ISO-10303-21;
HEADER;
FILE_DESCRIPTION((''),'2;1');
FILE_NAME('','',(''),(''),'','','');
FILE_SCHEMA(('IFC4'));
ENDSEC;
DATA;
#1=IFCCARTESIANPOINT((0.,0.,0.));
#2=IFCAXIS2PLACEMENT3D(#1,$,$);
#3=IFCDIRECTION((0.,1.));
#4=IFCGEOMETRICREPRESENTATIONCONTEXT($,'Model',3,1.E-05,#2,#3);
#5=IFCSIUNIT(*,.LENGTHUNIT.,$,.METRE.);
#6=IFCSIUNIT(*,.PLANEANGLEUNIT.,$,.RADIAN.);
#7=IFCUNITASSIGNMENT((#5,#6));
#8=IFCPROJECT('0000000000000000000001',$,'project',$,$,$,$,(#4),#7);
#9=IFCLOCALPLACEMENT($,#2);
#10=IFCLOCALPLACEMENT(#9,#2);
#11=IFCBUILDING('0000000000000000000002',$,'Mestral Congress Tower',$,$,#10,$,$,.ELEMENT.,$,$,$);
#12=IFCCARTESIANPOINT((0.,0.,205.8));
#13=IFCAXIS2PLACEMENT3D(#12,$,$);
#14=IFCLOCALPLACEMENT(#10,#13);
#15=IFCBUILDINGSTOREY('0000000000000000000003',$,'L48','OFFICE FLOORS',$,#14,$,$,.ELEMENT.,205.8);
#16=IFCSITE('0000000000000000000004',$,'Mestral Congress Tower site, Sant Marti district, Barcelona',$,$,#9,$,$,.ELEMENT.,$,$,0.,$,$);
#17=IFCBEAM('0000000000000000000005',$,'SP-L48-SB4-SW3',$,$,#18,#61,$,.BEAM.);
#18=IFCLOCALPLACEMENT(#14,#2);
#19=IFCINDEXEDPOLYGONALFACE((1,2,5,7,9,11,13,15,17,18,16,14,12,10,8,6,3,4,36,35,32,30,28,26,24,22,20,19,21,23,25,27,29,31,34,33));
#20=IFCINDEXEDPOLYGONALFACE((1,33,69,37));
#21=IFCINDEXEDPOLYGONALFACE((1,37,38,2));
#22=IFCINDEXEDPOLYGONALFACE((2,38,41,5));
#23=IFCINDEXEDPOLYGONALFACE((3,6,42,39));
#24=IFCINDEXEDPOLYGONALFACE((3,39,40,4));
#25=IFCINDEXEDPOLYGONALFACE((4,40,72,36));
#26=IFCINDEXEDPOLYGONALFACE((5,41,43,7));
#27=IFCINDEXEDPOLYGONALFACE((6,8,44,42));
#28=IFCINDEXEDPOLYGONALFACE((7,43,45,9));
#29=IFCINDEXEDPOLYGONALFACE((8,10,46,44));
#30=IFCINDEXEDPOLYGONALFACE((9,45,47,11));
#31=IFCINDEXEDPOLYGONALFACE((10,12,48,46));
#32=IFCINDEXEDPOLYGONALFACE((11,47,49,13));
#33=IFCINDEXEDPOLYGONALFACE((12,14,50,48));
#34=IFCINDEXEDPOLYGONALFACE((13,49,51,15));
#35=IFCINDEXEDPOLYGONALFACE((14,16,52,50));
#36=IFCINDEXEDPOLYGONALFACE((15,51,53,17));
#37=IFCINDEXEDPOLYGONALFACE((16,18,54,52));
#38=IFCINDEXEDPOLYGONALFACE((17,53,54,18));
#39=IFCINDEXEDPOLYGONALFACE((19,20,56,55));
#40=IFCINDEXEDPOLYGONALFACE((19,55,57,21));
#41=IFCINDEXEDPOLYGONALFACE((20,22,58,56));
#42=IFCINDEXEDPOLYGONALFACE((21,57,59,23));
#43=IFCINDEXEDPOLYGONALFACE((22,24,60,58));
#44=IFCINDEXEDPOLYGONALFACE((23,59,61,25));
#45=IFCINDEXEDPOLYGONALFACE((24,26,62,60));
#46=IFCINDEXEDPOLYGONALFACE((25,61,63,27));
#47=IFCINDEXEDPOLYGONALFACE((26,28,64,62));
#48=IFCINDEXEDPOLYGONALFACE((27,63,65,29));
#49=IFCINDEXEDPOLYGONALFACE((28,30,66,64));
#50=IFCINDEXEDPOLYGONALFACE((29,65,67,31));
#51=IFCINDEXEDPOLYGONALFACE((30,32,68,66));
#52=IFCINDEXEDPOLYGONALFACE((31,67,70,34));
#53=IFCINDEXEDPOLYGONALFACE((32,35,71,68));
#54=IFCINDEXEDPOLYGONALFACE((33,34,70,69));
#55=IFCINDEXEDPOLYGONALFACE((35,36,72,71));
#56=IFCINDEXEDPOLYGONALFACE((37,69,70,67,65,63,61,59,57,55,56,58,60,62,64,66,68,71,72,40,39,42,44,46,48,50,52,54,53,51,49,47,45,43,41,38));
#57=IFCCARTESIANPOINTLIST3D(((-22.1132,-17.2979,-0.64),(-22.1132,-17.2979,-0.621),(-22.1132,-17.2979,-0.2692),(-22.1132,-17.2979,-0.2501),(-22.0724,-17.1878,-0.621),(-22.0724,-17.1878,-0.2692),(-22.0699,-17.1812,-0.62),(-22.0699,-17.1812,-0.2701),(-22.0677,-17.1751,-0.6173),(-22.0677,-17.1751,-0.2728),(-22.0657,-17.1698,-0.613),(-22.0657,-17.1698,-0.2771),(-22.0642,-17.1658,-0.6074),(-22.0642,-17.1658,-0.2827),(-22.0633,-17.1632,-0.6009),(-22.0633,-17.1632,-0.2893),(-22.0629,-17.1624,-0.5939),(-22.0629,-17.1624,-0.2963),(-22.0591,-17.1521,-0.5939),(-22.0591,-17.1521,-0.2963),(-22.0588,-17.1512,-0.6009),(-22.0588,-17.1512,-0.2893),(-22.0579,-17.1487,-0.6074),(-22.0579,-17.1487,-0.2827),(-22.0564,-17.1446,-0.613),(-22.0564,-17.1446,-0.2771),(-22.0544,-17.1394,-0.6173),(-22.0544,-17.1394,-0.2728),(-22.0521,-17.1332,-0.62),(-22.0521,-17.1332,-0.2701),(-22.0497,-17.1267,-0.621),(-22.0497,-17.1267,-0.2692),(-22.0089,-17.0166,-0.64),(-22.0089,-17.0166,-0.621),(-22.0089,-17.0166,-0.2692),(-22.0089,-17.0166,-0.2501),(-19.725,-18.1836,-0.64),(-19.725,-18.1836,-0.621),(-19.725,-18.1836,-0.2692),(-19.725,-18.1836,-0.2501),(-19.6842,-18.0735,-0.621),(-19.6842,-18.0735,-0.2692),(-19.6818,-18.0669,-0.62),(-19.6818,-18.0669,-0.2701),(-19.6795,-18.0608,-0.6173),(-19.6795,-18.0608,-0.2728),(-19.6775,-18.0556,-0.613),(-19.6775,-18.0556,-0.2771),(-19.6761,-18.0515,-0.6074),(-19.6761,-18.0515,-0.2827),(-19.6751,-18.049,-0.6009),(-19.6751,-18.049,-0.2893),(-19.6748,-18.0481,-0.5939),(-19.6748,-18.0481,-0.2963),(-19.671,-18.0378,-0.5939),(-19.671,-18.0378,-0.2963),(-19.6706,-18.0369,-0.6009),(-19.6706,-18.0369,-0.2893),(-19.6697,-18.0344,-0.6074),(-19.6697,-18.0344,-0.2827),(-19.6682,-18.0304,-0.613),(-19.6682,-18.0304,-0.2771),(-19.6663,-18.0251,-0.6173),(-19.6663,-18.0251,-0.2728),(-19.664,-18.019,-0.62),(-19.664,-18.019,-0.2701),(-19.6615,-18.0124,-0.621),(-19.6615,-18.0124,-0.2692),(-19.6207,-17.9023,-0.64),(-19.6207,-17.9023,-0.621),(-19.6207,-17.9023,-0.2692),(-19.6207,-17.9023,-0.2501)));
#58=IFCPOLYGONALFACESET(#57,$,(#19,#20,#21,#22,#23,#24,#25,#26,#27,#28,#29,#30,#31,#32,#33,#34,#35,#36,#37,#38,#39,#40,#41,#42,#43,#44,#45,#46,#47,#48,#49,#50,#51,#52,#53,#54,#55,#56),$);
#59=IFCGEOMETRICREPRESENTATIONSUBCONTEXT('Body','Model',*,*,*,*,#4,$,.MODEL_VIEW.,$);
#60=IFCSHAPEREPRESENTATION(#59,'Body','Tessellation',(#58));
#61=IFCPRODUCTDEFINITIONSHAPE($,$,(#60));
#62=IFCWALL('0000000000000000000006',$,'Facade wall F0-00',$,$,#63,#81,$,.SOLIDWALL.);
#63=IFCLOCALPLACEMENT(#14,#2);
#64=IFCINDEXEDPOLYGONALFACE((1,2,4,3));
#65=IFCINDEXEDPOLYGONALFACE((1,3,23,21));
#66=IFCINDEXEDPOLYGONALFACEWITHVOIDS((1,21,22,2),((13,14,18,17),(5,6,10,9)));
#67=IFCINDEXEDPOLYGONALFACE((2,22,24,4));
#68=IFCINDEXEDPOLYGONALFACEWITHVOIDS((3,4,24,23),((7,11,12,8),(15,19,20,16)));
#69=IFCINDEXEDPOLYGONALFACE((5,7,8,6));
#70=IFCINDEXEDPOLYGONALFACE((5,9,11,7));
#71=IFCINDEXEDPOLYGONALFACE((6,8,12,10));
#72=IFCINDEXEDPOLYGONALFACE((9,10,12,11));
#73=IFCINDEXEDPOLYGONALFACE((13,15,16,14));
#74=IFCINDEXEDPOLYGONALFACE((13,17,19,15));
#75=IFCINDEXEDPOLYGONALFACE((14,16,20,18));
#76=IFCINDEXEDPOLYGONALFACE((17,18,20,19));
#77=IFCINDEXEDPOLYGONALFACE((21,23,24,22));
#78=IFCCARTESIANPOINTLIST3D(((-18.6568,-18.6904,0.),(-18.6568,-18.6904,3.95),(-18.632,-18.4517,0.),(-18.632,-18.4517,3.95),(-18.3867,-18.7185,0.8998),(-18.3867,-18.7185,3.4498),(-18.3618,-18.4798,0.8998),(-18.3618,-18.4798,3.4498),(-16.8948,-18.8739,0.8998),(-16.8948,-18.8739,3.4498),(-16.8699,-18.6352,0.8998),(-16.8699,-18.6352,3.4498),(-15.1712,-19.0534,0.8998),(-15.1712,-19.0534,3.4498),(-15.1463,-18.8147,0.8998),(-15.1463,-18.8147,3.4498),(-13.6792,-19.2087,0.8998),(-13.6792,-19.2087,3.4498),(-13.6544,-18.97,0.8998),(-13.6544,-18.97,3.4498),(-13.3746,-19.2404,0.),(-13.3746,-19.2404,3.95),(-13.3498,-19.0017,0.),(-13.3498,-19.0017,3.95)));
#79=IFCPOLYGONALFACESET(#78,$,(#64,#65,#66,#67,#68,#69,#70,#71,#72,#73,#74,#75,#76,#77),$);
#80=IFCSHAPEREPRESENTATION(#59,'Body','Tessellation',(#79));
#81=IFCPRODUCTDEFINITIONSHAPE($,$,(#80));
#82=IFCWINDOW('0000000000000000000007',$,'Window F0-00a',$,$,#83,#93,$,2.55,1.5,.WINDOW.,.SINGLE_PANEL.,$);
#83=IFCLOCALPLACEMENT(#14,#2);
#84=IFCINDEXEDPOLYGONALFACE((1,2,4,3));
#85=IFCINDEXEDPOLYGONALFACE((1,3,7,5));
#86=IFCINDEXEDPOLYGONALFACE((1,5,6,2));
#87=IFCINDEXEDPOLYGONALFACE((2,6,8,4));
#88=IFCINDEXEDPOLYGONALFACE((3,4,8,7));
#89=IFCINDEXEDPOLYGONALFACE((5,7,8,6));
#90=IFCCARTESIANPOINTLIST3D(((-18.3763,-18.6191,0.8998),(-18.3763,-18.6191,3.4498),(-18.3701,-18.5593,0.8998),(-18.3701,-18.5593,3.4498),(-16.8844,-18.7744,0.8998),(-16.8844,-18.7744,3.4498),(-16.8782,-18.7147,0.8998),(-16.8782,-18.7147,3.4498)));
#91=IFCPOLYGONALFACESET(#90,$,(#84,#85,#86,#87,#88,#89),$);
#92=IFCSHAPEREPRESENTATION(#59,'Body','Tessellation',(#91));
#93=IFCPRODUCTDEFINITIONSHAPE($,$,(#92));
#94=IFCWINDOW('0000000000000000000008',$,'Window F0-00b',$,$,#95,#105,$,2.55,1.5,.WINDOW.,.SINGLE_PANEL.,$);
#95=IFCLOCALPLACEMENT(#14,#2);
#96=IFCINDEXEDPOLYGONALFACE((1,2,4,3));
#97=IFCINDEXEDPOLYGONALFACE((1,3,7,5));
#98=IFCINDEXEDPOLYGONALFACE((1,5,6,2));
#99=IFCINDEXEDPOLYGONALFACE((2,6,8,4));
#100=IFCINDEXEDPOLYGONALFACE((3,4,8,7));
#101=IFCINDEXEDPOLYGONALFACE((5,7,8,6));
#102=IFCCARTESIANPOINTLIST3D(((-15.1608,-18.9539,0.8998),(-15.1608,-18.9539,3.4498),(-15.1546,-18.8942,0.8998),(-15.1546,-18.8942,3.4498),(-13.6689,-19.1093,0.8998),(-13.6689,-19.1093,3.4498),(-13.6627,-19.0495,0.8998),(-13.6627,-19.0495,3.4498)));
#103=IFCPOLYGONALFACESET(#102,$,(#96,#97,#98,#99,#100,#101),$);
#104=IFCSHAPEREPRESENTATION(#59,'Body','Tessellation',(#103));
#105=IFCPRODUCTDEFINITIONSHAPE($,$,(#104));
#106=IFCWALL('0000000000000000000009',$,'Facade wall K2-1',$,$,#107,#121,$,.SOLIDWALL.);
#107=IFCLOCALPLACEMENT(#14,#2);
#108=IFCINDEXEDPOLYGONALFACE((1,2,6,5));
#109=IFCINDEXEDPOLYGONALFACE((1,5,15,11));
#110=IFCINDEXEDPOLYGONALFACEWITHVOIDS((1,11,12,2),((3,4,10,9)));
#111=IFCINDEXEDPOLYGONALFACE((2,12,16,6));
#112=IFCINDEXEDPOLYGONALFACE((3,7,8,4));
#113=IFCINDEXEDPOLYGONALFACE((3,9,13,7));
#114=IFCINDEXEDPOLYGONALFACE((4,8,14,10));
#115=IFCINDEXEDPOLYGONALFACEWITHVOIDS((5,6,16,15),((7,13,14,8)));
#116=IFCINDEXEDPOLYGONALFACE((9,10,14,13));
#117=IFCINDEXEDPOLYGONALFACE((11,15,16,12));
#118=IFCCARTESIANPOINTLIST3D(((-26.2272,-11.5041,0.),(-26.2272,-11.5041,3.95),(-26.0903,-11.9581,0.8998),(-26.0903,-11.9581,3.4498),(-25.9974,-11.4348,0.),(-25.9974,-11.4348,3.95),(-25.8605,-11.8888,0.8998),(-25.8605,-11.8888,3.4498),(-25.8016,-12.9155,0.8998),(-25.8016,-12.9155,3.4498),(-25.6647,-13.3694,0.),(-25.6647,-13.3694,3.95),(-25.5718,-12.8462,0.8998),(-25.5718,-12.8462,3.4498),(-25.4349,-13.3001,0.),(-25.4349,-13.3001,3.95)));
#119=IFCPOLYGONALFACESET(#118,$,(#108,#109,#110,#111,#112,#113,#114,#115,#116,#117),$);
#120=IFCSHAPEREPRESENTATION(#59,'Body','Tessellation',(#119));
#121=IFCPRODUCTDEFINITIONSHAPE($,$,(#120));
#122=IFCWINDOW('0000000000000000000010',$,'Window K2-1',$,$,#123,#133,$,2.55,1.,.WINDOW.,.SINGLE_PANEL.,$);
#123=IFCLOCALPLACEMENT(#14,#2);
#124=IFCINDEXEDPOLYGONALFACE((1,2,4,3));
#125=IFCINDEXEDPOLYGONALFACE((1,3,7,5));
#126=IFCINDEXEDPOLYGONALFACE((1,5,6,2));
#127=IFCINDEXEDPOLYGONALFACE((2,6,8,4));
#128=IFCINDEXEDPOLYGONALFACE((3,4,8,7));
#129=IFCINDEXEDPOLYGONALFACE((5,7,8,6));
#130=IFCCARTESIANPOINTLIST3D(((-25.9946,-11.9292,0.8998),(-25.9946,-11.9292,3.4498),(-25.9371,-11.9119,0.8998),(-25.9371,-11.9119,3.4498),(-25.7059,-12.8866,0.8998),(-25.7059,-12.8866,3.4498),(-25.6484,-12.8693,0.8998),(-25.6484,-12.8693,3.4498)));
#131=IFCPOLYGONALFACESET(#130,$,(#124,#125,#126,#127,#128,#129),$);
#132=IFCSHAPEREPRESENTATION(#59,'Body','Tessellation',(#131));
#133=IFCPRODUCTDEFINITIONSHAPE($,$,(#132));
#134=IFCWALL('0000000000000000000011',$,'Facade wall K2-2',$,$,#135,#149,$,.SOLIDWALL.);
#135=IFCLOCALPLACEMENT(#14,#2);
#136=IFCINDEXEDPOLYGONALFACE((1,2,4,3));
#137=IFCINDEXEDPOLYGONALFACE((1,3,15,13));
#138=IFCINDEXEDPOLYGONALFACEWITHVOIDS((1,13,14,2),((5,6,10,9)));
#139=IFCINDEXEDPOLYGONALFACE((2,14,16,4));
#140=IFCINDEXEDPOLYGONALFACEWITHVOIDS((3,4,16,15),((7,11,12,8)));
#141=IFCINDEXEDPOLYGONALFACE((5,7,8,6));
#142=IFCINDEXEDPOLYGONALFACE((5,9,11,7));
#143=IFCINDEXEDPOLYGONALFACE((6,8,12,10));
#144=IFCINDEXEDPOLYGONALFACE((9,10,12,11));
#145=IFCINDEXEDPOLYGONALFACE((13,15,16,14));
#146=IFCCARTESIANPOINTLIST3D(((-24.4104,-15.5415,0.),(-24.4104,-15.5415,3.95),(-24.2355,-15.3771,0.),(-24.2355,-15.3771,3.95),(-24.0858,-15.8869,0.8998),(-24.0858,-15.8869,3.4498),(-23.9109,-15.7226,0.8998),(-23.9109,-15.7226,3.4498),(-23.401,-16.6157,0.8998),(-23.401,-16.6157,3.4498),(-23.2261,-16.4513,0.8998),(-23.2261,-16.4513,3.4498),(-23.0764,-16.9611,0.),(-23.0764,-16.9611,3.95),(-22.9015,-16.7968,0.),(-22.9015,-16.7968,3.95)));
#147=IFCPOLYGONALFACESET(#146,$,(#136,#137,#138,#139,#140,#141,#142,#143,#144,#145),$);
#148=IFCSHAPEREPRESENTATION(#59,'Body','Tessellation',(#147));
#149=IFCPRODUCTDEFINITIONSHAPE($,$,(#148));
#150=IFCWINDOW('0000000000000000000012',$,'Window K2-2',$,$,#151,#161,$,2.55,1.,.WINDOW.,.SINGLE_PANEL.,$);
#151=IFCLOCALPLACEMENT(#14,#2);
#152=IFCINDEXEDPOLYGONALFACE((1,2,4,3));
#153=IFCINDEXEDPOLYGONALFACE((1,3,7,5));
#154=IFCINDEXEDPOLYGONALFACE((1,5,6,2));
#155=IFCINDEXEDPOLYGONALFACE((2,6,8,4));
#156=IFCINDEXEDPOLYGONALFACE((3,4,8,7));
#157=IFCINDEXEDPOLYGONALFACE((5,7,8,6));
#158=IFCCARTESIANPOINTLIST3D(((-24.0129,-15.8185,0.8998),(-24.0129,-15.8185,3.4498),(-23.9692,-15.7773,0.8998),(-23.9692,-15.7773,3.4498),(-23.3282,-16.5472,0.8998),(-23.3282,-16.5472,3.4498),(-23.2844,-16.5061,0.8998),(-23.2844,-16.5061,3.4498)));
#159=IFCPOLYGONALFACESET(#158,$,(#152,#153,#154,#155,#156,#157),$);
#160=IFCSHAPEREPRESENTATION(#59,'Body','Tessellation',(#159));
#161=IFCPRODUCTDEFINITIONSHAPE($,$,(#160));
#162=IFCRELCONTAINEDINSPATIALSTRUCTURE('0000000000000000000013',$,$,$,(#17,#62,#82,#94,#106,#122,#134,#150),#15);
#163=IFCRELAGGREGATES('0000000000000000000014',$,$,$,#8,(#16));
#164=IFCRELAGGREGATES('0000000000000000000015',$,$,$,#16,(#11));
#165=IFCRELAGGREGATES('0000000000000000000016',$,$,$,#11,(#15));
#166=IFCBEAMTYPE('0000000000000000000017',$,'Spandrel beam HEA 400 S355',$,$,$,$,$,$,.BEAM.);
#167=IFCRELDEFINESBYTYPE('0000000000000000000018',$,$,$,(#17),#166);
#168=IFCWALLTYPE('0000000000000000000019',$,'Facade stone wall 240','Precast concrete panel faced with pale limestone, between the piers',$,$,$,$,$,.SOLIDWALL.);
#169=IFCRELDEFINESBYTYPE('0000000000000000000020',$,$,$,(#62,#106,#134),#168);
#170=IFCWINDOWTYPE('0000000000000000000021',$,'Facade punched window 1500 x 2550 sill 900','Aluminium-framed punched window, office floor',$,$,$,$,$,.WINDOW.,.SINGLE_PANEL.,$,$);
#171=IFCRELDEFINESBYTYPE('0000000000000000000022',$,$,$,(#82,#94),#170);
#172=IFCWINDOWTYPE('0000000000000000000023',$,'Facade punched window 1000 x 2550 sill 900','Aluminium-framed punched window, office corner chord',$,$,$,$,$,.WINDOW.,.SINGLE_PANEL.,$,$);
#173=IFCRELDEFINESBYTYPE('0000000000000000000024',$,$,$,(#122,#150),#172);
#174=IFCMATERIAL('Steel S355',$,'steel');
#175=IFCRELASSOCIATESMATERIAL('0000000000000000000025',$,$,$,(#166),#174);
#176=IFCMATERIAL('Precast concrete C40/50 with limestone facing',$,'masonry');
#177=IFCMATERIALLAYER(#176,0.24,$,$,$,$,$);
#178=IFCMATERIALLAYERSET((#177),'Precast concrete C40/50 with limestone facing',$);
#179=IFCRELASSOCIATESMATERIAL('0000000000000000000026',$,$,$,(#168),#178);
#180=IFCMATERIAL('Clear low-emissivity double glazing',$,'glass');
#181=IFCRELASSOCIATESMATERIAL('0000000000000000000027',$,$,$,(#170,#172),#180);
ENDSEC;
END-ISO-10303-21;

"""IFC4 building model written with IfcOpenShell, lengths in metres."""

from ifc_helpers import new_model, si_unit, direction, frame, frame_2d, origin, origin_2d, place, context, subcontext, project, spatial, rectangle, i_section, extrude, material, layer, layer_set, material_profile, profile_set, type_object, element, fill, save


model = new_model("IFC4")

# Units and contexts
model_context = context("Model", 3, precision=1e-05, world=origin(), true_north=direction((0.0, 1.0)))
body_context = subcontext(model_context, "Body", "Model", "MODEL_VIEW")
ifc_project = project(units=[si_unit("LENGTHUNIT", "METRE"), si_unit("PLANEANGLEUNIT", "RADIAN")], contexts=[model_context])

# Site, building, storey
site_placement = place(None, origin())
site = spatial("IfcSite", under=ifc_project, at=site_placement, Name="Mestral Congress Tower site, Sant Marti district, Barcelona", CompositionType="ELEMENT", RefElevation=0.0)
building_placement = place(site_placement, origin())
building = spatial("IfcBuilding", under=site, at=building_placement, Name="Mestral Congress Tower", CompositionType="ELEMENT")
storey_placement = place(building_placement, frame((0.0, 0.0, 205.8)))
storey = spatial("IfcBuildingStorey", under=building, at=storey_placement, Name="L48", Description="OFFICE FLOORS", CompositionType="ELEMENT", Elevation=205.8)

# Beam
ifc_material_1 = material(Name="Steel S355", Category="steel")
ifc_material_profile_1 = material_profile(ifc_material_1, i_section(OverallWidth=0.3, OverallDepth=0.3899, WebThickness=0.011, FlangeThickness=0.019, FilletRadius=0.0271, at=origin_2d()), Name="HEA 400")
ifc_profile_set_1 = profile_set([ifc_material_profile_1], Name="Steel S355")
beam_type_1 = type_object("IfcBeamType", Name="Spandrel beam HEA 400 S355", PredefinedType="BEAM", material=ifc_profile_set_1)
beam_1_placement = place(storey_placement, frame((-22.061, -17.1572, -0.4451), z_axis=(0.937591, -0.347739, 0.0), x_axis=(0.347739, 0.937591, 0.0)))
element("IfcBeam", 1, at=beam_1_placement, inside=storey, type_object=beam_type_1, Name="SP-L48-SB4-SW3", PredefinedType="BEAM", context=body_context, shape_type="SweptSolid", body=[
    extrude(i_section(OverallWidth=0.3, OverallDepth=0.3899, WebThickness=0.011, FlangeThickness=0.019, FilletRadius=0.0271, at=origin_2d()), origin(), (0.0, 0.0, 1.0), 2.5471),
])

# Wall, openings, windows
ifc_material_2 = material(Name="Precast concrete C40/50 with limestone facing", Category="masonry")
ifc_layer_1 = layer(ifc_material_2, 0.24)
ifc_layer_set_1 = layer_set([ifc_layer_1], Name="Precast concrete C40/50 with limestone facing")
wall_type_1 = type_object("IfcWallType", Name="Facade stone wall 240", Description="Precast concrete panel faced with pale limestone, between the piers", PredefinedType="SOLIDWALL", material=ifc_layer_set_1)
wall_1_placement = place(storey_placement, frame((-18.6443, -18.571, 0.0), z_axis=(0.0, 0.0, 1.0), x_axis=(0.994622, -0.103572, 0.0)))
wall_1 = element("IfcWall", 2, at=wall_1_placement, inside=storey, type_object=wall_type_1, Name="Facade wall F0-00", PredefinedType="SOLIDWALL", context=body_context, shape_type="SweptSolid", body=[
    extrude(rectangle(XDim=5.3108, YDim=0.24, at=frame_2d((2.6553, 0.0))), origin(), (0.0, 0.0, 1.0), 3.95),
])
opening_1_placement = place(wall_1_placement, frame((0.2715, 0.0, 0.8999)))
opening_1 = element("IfcOpeningElement", 3, at=opening_1_placement, cuts=wall_1, PredefinedType="OPENING", context=body_context, shape_type="SweptSolid", body=[
    extrude(rectangle(XDim=1.5, YDim=2.55, at=frame_2d((0.75, 1.2749))), frame((0.0, 0.1299, 0.0), z_axis=(0.0, -1.0, 0.0), x_axis=(1.0, 0.0, 0.0)), (0.0, 0.0, 1.0), 0.26),
])
opening_2_placement = place(wall_1_placement, frame((3.5044, 0.0, 0.8999)))
opening_2 = element("IfcOpeningElement", 4, at=opening_2_placement, cuts=wall_1, PredefinedType="OPENING", context=body_context, shape_type="SweptSolid", body=[
    extrude(rectangle(XDim=1.5, YDim=2.55, at=frame_2d((0.75, 1.2749))), frame((0.0, 0.1299, 0.0), z_axis=(0.0, -1.0, 0.0), x_axis=(1.0, 0.0, 0.0)), (0.0, 0.0, 1.0), 0.26),
])
ifc_material_3 = material(Name="Clear low-emissivity double glazing", Category="glass")
window_type_1 = type_object("IfcWindowType", Name="Facade punched window 1500 x 2550 sill 900", Description="Aluminium-framed punched window, office floor", PartitioningType="SINGLE_PANEL", PredefinedType="WINDOW", material=ifc_material_3)
window_1_placement = place(opening_1_placement, origin())
window_1 = element("IfcWindow", 5, at=window_1_placement, inside=storey, type_object=window_type_1, Name="Window F0-00a", OverallHeight=2.55, OverallWidth=1.5, PartitioningType="SINGLE_PANEL", PredefinedType="WINDOW", context=body_context, shape_type="SweptSolid", body=[
    extrude(rectangle(XDim=1.5, YDim=2.55, at=frame_2d((0.75, 1.2749))), frame((0.0, 0.04, 0.0), z_axis=(0.0, -1.0, 0.0), x_axis=(1.0, 0.0, 0.0)), (0.0, 0.0, 1.0), 0.0601),
])
fill(opening_1, window_1)
window_2_placement = place(opening_2_placement, origin())
window_2 = element("IfcWindow", 6, at=window_2_placement, inside=storey, type_object=window_type_1, Name="Window F0-00b", OverallHeight=2.55, OverallWidth=1.5, PartitioningType="SINGLE_PANEL", PredefinedType="WINDOW", context=body_context, shape_type="SweptSolid", body=[
    extrude(rectangle(XDim=1.5, YDim=2.55, at=frame_2d((0.75, 1.2749))), frame((0.0, 0.04, 0.0), z_axis=(0.0, -1.0, 0.0), x_axis=(1.0, 0.0, 0.0)), (0.0, 0.0, 1.0), 0.0601),
])
fill(opening_2, window_2)

# Walls, openings, windows
wall_2_placement = place(storey_placement, frame((-26.1123, -11.4695, 0.0), z_axis=(0.0, 0.0, 1.0), x_axis=(0.288727, -0.957411, 0.0)))
wall_2 = element("IfcWall", 7, at=wall_2_placement, inside=storey, type_object=wall_type_1, Name="Facade wall K2-1", PredefinedType="SOLIDWALL", context=body_context, shape_type="SweptSolid", body=[
    extrude(rectangle(XDim=1.9482, YDim=0.24, at=frame_2d((0.9741, 0.0))), origin(), (0.0, 0.0, 1.0), 3.95),
])
opening_3_placement = place(wall_2_placement, frame((0.4741, 0.0, 0.8999)))
opening_3 = element("IfcOpeningElement", 8, at=opening_3_placement, cuts=wall_2, PredefinedType="OPENING", context=body_context, shape_type="SweptSolid", body=[
    extrude(rectangle(XDim=1.0, YDim=2.55, at=frame_2d((0.5, 1.2749))), frame((0.0, 0.1299, 0.0), z_axis=(0.0, -1.0, 0.0), x_axis=(1.0, 0.0, 0.0)), (0.0, 0.0, 1.0), 0.26),
])
window_type_2 = type_object("IfcWindowType", Name="Facade punched window 1000 x 2550 sill 900", Description="Aluminium-framed punched window, office corner chord", PartitioningType="SINGLE_PANEL", PredefinedType="WINDOW", material=ifc_material_3)
window_3_placement = place(opening_3_placement, origin())
window_3 = element("IfcWindow", 9, at=window_3_placement, inside=storey, type_object=window_type_2, Name="Window K2-1", OverallHeight=2.55, OverallWidth=1.0, PartitioningType="SINGLE_PANEL", PredefinedType="WINDOW", context=body_context, shape_type="SweptSolid", body=[
    extrude(rectangle(XDim=1.0, YDim=2.55, at=frame_2d((0.5, 1.2749))), frame((0.0, 0.04, 0.0), z_axis=(0.0, -1.0, 0.0), x_axis=(1.0, 0.0, 0.0)), (0.0, 0.0, 1.0), 0.0601),
])
fill(opening_3, window_3)
wall_3_placement = place(storey_placement, frame((-24.323, -15.4592, 0.0), z_axis=(0.0, 0.0, 1.0), x_axis=(0.68477, -0.728759, 0.0)))
wall_3 = element("IfcWall", 10, at=wall_3_placement, inside=storey, type_object=wall_type_1, Name="Facade wall K2-2", PredefinedType="SOLIDWALL", context=body_context, shape_type="SweptSolid", body=[
    extrude(rectangle(XDim=1.948, YDim=0.24, at=frame_2d((0.9741, 0.0))), origin(), (0.0, 0.0, 1.0), 3.95),
])
opening_4_placement = place(wall_3_placement, frame((0.4741, 0.0, 0.8999)))
opening_4 = element("IfcOpeningElement", 11, at=opening_4_placement, cuts=wall_3, PredefinedType="OPENING", context=body_context, shape_type="SweptSolid", body=[
    extrude(rectangle(XDim=1.0, YDim=2.55, at=frame_2d((0.5, 1.2749))), frame((0.0, 0.1299, 0.0), z_axis=(0.0, -1.0, 0.0), x_axis=(1.0, 0.0, 0.0)), (0.0, 0.0, 1.0), 0.26),
])
window_4_placement = place(opening_4_placement, origin())
window_4 = element("IfcWindow", 12, at=window_4_placement, inside=storey, type_object=window_type_2, Name="Window K2-2", OverallHeight=2.55, OverallWidth=1.0, PartitioningType="SINGLE_PANEL", PredefinedType="WINDOW", context=body_context, shape_type="SweptSolid", body=[
    extrude(rectangle(XDim=1.0, YDim=2.55, at=frame_2d((0.5, 1.2749))), frame((0.0, 0.04, 0.0), z_axis=(0.0, -1.0, 0.0), x_axis=(1.0, 0.0, 0.0)), (0.0, 0.0, 1.0), 0.0601),
])
fill(opening_4, window_4)

save(model, "model.ifc")
